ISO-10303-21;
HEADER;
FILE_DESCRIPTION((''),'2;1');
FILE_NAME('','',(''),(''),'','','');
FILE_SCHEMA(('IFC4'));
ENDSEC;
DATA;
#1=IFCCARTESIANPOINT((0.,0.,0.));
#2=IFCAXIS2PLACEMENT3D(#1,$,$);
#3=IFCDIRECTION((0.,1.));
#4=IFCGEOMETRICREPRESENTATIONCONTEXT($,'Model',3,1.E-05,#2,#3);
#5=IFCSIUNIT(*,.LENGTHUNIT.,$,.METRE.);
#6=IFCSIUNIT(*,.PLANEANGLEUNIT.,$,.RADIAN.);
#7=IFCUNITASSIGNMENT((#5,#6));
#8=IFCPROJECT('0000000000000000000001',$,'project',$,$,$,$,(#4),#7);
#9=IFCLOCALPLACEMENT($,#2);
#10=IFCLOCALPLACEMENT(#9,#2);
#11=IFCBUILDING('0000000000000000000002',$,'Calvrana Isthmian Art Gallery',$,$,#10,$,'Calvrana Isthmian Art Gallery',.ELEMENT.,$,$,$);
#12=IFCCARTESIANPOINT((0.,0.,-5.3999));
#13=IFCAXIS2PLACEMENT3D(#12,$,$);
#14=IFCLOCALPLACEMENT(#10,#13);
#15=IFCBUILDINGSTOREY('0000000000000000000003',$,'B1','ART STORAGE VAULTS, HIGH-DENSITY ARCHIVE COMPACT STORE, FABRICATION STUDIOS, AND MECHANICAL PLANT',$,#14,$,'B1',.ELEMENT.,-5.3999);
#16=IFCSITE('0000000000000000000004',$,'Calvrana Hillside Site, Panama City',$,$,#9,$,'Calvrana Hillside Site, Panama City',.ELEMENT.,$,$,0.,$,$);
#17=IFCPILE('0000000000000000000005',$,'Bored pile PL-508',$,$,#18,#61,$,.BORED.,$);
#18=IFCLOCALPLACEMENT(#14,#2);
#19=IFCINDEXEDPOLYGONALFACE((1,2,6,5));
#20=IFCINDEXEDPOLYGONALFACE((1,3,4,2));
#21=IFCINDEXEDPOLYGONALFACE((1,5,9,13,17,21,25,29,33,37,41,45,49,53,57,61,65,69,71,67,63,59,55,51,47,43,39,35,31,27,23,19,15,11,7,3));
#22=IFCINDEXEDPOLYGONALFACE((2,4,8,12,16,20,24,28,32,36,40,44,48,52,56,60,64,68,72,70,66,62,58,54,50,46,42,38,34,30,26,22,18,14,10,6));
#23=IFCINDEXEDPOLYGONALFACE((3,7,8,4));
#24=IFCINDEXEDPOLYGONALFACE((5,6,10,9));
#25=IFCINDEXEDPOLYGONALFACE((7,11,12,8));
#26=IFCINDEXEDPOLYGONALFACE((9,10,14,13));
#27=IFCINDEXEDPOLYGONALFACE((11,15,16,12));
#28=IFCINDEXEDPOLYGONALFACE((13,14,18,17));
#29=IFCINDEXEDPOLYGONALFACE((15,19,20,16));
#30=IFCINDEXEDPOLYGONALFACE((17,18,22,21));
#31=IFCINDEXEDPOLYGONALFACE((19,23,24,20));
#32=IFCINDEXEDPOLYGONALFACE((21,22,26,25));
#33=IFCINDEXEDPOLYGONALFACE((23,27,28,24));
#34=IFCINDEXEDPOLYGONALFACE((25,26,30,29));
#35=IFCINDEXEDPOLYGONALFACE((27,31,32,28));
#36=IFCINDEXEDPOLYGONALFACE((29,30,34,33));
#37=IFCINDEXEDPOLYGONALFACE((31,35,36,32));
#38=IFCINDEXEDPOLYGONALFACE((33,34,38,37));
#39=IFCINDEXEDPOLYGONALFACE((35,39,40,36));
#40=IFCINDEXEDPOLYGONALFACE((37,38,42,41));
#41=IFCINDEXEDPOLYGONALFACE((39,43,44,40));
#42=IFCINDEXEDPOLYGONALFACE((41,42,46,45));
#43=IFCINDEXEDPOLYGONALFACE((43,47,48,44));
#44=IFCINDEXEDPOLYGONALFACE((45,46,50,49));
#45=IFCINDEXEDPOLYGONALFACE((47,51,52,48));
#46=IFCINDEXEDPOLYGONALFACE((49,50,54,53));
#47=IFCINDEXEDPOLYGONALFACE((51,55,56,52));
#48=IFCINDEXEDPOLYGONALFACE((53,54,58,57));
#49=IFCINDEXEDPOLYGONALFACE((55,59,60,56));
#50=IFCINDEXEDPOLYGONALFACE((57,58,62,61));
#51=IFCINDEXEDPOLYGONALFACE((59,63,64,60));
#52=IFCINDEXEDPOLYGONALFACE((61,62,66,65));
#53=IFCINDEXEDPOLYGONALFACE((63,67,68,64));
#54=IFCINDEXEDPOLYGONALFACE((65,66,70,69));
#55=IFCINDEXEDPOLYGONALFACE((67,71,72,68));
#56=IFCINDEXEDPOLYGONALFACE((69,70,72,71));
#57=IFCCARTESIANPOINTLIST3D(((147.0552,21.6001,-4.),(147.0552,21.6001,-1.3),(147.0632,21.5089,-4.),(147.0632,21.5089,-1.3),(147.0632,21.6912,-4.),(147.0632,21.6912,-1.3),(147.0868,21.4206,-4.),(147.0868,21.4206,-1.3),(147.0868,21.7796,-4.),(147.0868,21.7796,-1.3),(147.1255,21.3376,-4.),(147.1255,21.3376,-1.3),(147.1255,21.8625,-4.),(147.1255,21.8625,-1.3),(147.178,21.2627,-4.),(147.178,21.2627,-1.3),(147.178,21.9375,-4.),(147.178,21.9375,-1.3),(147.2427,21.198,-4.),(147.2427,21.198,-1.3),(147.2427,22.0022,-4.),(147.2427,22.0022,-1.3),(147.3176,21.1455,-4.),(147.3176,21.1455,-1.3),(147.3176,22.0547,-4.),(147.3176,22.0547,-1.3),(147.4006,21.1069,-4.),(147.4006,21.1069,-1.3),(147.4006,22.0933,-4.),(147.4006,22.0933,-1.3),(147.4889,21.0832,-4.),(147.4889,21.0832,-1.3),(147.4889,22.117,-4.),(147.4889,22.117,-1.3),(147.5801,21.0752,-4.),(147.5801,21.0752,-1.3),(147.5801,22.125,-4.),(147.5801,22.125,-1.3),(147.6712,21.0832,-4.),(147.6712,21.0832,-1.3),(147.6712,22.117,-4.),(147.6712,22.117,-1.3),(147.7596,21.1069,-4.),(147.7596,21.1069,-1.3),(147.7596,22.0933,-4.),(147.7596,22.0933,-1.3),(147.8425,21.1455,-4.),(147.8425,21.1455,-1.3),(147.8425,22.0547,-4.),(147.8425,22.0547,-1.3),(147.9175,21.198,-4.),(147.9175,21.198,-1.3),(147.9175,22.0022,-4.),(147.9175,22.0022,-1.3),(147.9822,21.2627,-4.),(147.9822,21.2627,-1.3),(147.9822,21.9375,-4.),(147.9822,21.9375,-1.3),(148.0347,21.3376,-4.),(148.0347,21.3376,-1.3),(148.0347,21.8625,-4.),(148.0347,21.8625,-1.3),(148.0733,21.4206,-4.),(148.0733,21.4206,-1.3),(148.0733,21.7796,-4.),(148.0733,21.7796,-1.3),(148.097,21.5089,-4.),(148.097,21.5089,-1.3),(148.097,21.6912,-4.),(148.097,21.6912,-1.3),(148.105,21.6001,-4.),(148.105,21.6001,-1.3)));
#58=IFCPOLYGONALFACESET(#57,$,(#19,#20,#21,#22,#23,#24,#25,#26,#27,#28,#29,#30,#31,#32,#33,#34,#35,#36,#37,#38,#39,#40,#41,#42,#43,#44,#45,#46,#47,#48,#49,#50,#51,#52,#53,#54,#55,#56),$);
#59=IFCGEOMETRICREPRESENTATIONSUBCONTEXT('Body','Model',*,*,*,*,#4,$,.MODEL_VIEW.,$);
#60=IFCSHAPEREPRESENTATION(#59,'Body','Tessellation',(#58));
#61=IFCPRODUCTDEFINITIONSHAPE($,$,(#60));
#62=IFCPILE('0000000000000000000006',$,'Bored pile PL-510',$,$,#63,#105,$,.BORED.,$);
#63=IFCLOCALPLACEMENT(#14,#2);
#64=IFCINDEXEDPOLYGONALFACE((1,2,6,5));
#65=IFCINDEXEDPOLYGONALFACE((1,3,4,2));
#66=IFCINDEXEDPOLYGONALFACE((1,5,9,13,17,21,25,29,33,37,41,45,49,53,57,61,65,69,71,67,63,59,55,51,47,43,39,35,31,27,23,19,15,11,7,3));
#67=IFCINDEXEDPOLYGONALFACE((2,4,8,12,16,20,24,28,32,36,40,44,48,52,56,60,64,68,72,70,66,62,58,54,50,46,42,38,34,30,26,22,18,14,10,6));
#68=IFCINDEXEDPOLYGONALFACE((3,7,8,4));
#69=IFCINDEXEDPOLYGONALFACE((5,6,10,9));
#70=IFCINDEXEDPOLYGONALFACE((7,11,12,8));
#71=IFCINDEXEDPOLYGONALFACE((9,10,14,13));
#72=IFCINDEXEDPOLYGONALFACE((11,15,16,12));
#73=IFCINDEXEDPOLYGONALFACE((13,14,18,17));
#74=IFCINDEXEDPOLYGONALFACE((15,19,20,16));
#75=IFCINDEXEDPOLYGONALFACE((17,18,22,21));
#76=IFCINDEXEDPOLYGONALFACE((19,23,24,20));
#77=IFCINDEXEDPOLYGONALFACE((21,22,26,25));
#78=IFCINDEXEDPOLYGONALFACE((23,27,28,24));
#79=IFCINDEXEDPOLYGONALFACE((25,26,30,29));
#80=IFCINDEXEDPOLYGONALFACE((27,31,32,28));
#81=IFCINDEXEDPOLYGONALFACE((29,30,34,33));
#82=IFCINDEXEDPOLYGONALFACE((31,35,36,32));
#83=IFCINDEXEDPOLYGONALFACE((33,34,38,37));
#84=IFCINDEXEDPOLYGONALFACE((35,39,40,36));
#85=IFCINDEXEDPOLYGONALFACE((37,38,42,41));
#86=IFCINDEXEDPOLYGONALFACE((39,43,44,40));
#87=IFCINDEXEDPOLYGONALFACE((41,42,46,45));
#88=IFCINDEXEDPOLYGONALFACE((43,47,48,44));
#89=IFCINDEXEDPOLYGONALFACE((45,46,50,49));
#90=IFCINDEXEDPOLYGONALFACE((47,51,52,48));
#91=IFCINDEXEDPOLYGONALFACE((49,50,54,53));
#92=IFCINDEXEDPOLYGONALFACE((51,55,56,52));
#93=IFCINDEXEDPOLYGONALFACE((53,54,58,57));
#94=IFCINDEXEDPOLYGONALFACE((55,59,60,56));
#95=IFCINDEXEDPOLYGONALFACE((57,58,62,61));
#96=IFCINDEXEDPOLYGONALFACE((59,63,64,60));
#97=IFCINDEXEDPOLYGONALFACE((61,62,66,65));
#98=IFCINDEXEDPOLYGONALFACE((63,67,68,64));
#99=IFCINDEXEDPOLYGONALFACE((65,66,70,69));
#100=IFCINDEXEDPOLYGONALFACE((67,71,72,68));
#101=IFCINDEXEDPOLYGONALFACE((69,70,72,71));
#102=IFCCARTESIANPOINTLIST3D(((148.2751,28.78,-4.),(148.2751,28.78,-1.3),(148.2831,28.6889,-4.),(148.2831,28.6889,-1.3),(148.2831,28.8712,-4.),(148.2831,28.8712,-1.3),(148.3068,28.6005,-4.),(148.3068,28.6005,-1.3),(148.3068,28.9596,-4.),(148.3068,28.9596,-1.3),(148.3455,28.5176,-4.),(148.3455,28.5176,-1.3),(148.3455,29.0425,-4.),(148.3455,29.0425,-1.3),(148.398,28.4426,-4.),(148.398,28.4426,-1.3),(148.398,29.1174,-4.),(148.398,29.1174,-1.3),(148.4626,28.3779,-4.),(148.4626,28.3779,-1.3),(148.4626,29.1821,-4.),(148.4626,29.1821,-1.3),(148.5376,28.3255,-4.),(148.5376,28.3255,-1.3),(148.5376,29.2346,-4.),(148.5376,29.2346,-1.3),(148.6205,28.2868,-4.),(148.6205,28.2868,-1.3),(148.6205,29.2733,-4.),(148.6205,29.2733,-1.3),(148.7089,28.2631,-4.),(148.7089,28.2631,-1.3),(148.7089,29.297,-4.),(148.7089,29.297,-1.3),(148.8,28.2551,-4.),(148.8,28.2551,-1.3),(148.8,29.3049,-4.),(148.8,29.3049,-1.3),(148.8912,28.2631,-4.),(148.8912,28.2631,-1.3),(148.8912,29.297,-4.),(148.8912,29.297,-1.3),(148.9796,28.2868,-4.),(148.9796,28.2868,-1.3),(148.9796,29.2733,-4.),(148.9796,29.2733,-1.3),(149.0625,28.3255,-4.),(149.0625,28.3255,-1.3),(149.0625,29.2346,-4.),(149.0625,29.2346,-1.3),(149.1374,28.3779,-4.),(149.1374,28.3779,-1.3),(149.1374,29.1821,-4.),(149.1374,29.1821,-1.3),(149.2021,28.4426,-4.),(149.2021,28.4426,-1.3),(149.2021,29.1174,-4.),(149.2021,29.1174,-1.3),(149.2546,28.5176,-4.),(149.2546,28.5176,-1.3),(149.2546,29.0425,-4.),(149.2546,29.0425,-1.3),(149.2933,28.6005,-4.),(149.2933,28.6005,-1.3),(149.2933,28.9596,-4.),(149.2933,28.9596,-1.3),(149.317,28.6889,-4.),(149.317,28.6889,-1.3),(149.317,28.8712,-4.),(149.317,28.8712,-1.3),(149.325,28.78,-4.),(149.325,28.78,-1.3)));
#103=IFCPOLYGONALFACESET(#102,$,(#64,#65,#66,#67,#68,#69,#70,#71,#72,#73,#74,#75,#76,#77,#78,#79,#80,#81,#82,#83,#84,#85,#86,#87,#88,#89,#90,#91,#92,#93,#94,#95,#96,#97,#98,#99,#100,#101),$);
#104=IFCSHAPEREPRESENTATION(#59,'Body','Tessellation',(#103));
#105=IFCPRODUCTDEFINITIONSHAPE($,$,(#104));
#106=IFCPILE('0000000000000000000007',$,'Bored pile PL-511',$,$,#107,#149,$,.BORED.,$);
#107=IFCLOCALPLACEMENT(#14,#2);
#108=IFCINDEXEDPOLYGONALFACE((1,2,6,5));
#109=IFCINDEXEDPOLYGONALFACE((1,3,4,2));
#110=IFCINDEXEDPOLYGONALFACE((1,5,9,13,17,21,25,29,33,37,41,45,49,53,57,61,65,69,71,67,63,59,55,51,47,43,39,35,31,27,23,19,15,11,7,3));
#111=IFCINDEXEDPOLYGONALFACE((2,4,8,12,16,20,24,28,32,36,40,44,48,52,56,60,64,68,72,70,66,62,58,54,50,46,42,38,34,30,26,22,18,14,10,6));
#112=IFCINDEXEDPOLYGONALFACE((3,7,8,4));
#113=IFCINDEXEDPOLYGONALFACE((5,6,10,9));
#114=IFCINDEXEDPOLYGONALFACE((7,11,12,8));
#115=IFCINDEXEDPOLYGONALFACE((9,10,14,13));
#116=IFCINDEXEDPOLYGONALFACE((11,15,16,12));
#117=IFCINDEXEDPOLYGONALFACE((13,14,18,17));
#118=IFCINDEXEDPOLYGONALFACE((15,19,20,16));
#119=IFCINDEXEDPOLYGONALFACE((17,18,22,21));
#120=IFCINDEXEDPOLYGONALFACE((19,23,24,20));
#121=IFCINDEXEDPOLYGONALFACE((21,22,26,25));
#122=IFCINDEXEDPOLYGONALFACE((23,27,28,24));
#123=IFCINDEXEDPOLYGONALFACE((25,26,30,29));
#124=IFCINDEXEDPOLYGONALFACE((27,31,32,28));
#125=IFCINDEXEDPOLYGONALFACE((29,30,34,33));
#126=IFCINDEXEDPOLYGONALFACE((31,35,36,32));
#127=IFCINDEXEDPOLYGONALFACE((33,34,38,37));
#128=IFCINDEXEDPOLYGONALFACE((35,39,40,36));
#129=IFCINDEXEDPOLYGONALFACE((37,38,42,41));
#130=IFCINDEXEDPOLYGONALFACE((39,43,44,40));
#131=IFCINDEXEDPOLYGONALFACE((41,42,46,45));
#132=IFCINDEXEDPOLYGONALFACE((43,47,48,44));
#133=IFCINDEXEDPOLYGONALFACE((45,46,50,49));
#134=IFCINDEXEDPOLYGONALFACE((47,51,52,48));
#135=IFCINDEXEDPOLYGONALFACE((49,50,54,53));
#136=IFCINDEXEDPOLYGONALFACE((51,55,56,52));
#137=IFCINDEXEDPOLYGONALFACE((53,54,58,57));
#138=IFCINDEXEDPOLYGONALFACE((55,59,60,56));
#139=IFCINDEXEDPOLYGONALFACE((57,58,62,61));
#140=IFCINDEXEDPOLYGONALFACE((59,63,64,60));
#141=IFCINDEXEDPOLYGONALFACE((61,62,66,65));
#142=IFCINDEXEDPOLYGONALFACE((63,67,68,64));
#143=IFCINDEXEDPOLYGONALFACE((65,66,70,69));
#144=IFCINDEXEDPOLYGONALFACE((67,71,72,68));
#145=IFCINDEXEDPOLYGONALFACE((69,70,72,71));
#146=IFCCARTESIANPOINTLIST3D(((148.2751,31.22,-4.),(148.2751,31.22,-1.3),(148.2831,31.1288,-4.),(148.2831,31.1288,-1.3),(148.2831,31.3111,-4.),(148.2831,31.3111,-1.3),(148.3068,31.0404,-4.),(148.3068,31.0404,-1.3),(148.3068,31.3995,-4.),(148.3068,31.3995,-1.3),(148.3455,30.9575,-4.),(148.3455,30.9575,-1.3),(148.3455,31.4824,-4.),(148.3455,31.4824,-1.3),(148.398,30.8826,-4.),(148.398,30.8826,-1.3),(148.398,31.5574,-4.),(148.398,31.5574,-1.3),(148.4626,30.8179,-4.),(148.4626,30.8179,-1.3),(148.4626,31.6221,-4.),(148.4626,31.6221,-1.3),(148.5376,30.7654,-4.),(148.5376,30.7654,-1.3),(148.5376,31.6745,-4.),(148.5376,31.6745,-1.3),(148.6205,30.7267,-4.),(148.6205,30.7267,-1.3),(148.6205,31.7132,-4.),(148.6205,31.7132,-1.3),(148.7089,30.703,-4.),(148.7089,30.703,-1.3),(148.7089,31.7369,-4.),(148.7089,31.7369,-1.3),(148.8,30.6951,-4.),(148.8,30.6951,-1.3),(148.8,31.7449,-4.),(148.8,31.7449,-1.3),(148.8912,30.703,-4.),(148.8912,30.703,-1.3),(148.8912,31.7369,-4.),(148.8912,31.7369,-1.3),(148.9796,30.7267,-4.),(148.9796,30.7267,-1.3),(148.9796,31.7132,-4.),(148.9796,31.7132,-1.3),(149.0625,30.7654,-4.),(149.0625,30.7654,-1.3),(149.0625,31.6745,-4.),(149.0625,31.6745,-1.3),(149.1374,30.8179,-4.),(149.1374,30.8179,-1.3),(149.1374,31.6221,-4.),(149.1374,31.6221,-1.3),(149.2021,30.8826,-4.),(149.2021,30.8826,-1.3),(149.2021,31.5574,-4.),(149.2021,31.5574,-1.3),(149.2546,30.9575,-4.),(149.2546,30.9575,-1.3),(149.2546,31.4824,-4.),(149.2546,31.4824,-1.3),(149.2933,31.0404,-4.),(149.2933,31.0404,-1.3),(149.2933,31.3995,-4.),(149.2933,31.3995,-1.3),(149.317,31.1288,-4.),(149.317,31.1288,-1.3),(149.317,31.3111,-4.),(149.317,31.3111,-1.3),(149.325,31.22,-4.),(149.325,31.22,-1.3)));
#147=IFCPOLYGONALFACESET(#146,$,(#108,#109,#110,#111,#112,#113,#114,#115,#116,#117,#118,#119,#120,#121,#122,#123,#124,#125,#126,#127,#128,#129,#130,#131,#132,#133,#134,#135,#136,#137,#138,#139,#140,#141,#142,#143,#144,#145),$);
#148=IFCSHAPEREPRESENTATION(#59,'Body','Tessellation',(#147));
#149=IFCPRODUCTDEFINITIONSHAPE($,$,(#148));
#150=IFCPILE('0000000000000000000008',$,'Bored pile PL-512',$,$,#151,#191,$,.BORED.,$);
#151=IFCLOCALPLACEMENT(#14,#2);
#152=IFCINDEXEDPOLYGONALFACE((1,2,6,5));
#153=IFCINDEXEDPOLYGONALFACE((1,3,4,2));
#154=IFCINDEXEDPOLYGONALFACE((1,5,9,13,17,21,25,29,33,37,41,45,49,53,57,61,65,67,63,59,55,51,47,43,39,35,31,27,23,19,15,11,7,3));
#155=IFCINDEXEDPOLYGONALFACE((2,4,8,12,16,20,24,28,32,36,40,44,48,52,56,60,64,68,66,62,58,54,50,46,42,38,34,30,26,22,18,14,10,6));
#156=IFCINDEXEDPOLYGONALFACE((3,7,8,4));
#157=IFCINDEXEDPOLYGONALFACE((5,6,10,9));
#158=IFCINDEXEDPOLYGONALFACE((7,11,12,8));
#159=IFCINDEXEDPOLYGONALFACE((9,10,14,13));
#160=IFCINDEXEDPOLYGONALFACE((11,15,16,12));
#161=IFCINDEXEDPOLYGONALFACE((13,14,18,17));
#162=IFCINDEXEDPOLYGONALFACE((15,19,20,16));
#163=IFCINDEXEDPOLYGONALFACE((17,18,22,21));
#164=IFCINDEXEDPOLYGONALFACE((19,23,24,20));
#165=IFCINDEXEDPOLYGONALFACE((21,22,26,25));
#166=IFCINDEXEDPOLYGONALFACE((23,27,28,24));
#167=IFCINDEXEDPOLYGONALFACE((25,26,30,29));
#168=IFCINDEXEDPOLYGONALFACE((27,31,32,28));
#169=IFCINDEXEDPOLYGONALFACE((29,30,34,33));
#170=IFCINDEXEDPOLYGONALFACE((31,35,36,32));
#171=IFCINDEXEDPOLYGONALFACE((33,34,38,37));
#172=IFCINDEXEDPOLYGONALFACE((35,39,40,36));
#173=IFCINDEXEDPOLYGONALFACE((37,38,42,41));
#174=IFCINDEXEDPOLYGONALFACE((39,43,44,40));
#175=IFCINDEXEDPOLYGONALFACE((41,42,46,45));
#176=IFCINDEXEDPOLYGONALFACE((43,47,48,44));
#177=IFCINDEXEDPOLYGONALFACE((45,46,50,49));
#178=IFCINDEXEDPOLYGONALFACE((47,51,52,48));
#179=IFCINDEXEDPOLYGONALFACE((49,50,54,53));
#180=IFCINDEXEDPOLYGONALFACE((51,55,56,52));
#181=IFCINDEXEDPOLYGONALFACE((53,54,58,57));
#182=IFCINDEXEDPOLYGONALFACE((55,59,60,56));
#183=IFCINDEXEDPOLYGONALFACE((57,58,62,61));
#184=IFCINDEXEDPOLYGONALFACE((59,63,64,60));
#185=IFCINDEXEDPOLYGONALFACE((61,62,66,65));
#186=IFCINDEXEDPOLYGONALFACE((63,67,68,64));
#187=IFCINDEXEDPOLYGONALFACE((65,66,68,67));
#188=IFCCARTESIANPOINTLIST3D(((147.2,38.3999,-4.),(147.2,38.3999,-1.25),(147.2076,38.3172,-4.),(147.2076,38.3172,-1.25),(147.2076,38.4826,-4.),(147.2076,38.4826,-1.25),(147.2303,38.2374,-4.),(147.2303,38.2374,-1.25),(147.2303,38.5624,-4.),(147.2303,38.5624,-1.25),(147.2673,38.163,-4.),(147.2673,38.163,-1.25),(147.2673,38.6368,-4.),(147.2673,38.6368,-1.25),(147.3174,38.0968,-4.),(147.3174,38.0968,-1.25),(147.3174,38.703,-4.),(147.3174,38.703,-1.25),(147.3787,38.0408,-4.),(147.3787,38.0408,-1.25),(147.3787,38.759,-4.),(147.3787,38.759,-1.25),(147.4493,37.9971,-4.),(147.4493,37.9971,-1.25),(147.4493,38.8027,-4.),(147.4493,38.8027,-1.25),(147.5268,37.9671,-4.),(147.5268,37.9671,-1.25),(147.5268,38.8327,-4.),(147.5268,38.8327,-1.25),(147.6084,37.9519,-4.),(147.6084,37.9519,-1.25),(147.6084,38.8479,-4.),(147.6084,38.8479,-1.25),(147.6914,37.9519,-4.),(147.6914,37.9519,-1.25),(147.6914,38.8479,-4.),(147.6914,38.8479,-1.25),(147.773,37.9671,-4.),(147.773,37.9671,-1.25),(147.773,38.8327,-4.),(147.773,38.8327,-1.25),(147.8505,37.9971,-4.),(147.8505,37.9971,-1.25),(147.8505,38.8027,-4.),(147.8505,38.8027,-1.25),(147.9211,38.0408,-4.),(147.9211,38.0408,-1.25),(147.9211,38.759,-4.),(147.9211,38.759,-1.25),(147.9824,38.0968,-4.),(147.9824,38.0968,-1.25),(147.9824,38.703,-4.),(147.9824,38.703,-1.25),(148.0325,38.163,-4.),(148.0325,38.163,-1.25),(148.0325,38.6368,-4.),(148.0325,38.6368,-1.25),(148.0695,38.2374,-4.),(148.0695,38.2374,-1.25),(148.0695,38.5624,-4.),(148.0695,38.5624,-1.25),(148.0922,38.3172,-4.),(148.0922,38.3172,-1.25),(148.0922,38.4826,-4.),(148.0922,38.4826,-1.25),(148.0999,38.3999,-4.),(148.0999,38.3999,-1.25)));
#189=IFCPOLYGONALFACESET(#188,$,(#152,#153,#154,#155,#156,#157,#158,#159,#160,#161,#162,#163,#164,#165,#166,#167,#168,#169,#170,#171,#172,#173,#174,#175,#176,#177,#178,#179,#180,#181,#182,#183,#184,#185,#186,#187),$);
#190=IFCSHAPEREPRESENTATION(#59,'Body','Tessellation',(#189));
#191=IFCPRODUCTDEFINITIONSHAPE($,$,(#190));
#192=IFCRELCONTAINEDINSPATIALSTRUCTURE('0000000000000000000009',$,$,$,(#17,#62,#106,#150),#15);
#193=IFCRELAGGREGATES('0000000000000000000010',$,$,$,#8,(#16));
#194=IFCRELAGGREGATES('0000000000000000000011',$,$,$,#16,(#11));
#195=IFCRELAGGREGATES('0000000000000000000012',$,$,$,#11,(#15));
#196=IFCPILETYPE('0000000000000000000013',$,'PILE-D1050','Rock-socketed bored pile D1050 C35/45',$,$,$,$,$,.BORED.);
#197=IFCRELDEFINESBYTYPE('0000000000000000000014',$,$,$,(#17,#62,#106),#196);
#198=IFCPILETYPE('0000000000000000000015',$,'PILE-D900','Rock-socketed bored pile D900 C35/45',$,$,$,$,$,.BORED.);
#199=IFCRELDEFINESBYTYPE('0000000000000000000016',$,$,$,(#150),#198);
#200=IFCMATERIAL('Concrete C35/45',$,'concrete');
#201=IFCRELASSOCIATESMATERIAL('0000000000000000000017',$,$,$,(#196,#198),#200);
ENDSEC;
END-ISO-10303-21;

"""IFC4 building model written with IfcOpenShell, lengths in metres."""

from ifc_helpers import new_model, si_unit, direction, frame, origin, origin_2d, place, context, subcontext, project, spatial, circle, extrude, material, material_profile, profile_set, type_object, element, save


model = new_model("IFC4")

# Units and contexts
model_context = context("Model", 3, precision=1e-05, world=origin(), true_north=direction((0.0, 1.0)))
body_context = subcontext(model_context, "Body", "Model", "MODEL_VIEW")
ifc_project = project(units=[si_unit("LENGTHUNIT", "METRE"), si_unit("PLANEANGLEUNIT", "RADIAN")], contexts=[model_context])

# Site, building, storey
site_placement = place(None, origin())
site = spatial("IfcSite", under=ifc_project, at=site_placement, Name="Calvrana Hillside Site, Panama City", LongName="Calvrana Hillside Site, Panama City", CompositionType="ELEMENT", RefElevation=0.0)
building_placement = place(site_placement, origin())
building = spatial("IfcBuilding", under=site, at=building_placement, Name="Calvrana Isthmian Art Gallery", LongName="Calvrana Isthmian Art Gallery", CompositionType="ELEMENT")
storey_placement = place(building_placement, frame((0.0, 0.0, -5.3999)))
storey = spatial("IfcBuildingStorey", under=building, at=storey_placement, Name="B1", Description="ART STORAGE VAULTS, HIGH-DENSITY ARCHIVE COMPACT STORE, FABRICATION STUDIOS, AND MECHANICAL PLANT", LongName="B1", CompositionType="ELEMENT", Elevation=-5.3999)

# Shared definitions
ifc_material_1 = material(Name="Concrete C35/45", Category="concrete")

# Piles
ifc_material_profile_1 = material_profile(ifc_material_1, circle(Radius=0.5249, at=origin_2d()), Name="PILE1050D")
ifc_profile_set_1 = profile_set([ifc_material_profile_1], Name="Concrete C35/45")
pile_type_1 = type_object("IfcPileType", Name="PILE-D1050", Description="Rock-socketed bored pile D1050 C35/45", PredefinedType="BORED", material=ifc_profile_set_1)
for number, where, z_axis, x_axis, name in (
    (1, (147.5801, 21.6001, -1.3), (0.0, 0.0, -1.0), (1.0, 0.0, 0.0), "Bored pile PL-508"),
    (2, (148.8, 28.78, -1.3), (0.0, 0.0, -1.0), (1.0, 0.0, 0.0), "Bored pile PL-510"),
    (3, (148.8, 31.22, -1.3), (0.0, 0.0, -1.0), (1.0, 0.0, 0.0), "Bored pile PL-511"),
):
    element("IfcPile", number, at=place(storey_placement, frame(where, z_axis=z_axis, x_axis=x_axis)), inside=storey, type_object=pile_type_1, Name=name, PredefinedType="BORED", context=body_context, shape_type="SweptSolid", body=[
        extrude(circle(Radius=0.5249, at=origin_2d()), origin(), (0.0, 0.0, 1.0), 2.7),
    ])
ifc_material_profile_2 = material_profile(ifc_material_1, circle(Radius=0.45, at=origin_2d()), Name="PILE900D")
ifc_profile_set_2 = profile_set([ifc_material_profile_2], Name="Concrete C35/45")
pile_type_2 = type_object("IfcPileType", Name="PILE-D900", Description="Rock-socketed bored pile D900 C35/45", PredefinedType="BORED", material=ifc_profile_set_2)
pile_placement = place(storey_placement, frame((147.6499, 38.3999, -1.25), z_axis=(0.0, 0.0, -1.0), x_axis=(1.0, 0.0, 0.0)))
element("IfcPile", 4, at=pile_placement, inside=storey, type_object=pile_type_2, Name="Bored pile PL-512", PredefinedType="BORED", context=body_context, shape_type="SweptSolid", body=[
    extrude(circle(Radius=0.45, at=origin_2d()), origin(), (0.0, 0.0, 1.0), 2.75),
])

save(model, "model.ifc")
